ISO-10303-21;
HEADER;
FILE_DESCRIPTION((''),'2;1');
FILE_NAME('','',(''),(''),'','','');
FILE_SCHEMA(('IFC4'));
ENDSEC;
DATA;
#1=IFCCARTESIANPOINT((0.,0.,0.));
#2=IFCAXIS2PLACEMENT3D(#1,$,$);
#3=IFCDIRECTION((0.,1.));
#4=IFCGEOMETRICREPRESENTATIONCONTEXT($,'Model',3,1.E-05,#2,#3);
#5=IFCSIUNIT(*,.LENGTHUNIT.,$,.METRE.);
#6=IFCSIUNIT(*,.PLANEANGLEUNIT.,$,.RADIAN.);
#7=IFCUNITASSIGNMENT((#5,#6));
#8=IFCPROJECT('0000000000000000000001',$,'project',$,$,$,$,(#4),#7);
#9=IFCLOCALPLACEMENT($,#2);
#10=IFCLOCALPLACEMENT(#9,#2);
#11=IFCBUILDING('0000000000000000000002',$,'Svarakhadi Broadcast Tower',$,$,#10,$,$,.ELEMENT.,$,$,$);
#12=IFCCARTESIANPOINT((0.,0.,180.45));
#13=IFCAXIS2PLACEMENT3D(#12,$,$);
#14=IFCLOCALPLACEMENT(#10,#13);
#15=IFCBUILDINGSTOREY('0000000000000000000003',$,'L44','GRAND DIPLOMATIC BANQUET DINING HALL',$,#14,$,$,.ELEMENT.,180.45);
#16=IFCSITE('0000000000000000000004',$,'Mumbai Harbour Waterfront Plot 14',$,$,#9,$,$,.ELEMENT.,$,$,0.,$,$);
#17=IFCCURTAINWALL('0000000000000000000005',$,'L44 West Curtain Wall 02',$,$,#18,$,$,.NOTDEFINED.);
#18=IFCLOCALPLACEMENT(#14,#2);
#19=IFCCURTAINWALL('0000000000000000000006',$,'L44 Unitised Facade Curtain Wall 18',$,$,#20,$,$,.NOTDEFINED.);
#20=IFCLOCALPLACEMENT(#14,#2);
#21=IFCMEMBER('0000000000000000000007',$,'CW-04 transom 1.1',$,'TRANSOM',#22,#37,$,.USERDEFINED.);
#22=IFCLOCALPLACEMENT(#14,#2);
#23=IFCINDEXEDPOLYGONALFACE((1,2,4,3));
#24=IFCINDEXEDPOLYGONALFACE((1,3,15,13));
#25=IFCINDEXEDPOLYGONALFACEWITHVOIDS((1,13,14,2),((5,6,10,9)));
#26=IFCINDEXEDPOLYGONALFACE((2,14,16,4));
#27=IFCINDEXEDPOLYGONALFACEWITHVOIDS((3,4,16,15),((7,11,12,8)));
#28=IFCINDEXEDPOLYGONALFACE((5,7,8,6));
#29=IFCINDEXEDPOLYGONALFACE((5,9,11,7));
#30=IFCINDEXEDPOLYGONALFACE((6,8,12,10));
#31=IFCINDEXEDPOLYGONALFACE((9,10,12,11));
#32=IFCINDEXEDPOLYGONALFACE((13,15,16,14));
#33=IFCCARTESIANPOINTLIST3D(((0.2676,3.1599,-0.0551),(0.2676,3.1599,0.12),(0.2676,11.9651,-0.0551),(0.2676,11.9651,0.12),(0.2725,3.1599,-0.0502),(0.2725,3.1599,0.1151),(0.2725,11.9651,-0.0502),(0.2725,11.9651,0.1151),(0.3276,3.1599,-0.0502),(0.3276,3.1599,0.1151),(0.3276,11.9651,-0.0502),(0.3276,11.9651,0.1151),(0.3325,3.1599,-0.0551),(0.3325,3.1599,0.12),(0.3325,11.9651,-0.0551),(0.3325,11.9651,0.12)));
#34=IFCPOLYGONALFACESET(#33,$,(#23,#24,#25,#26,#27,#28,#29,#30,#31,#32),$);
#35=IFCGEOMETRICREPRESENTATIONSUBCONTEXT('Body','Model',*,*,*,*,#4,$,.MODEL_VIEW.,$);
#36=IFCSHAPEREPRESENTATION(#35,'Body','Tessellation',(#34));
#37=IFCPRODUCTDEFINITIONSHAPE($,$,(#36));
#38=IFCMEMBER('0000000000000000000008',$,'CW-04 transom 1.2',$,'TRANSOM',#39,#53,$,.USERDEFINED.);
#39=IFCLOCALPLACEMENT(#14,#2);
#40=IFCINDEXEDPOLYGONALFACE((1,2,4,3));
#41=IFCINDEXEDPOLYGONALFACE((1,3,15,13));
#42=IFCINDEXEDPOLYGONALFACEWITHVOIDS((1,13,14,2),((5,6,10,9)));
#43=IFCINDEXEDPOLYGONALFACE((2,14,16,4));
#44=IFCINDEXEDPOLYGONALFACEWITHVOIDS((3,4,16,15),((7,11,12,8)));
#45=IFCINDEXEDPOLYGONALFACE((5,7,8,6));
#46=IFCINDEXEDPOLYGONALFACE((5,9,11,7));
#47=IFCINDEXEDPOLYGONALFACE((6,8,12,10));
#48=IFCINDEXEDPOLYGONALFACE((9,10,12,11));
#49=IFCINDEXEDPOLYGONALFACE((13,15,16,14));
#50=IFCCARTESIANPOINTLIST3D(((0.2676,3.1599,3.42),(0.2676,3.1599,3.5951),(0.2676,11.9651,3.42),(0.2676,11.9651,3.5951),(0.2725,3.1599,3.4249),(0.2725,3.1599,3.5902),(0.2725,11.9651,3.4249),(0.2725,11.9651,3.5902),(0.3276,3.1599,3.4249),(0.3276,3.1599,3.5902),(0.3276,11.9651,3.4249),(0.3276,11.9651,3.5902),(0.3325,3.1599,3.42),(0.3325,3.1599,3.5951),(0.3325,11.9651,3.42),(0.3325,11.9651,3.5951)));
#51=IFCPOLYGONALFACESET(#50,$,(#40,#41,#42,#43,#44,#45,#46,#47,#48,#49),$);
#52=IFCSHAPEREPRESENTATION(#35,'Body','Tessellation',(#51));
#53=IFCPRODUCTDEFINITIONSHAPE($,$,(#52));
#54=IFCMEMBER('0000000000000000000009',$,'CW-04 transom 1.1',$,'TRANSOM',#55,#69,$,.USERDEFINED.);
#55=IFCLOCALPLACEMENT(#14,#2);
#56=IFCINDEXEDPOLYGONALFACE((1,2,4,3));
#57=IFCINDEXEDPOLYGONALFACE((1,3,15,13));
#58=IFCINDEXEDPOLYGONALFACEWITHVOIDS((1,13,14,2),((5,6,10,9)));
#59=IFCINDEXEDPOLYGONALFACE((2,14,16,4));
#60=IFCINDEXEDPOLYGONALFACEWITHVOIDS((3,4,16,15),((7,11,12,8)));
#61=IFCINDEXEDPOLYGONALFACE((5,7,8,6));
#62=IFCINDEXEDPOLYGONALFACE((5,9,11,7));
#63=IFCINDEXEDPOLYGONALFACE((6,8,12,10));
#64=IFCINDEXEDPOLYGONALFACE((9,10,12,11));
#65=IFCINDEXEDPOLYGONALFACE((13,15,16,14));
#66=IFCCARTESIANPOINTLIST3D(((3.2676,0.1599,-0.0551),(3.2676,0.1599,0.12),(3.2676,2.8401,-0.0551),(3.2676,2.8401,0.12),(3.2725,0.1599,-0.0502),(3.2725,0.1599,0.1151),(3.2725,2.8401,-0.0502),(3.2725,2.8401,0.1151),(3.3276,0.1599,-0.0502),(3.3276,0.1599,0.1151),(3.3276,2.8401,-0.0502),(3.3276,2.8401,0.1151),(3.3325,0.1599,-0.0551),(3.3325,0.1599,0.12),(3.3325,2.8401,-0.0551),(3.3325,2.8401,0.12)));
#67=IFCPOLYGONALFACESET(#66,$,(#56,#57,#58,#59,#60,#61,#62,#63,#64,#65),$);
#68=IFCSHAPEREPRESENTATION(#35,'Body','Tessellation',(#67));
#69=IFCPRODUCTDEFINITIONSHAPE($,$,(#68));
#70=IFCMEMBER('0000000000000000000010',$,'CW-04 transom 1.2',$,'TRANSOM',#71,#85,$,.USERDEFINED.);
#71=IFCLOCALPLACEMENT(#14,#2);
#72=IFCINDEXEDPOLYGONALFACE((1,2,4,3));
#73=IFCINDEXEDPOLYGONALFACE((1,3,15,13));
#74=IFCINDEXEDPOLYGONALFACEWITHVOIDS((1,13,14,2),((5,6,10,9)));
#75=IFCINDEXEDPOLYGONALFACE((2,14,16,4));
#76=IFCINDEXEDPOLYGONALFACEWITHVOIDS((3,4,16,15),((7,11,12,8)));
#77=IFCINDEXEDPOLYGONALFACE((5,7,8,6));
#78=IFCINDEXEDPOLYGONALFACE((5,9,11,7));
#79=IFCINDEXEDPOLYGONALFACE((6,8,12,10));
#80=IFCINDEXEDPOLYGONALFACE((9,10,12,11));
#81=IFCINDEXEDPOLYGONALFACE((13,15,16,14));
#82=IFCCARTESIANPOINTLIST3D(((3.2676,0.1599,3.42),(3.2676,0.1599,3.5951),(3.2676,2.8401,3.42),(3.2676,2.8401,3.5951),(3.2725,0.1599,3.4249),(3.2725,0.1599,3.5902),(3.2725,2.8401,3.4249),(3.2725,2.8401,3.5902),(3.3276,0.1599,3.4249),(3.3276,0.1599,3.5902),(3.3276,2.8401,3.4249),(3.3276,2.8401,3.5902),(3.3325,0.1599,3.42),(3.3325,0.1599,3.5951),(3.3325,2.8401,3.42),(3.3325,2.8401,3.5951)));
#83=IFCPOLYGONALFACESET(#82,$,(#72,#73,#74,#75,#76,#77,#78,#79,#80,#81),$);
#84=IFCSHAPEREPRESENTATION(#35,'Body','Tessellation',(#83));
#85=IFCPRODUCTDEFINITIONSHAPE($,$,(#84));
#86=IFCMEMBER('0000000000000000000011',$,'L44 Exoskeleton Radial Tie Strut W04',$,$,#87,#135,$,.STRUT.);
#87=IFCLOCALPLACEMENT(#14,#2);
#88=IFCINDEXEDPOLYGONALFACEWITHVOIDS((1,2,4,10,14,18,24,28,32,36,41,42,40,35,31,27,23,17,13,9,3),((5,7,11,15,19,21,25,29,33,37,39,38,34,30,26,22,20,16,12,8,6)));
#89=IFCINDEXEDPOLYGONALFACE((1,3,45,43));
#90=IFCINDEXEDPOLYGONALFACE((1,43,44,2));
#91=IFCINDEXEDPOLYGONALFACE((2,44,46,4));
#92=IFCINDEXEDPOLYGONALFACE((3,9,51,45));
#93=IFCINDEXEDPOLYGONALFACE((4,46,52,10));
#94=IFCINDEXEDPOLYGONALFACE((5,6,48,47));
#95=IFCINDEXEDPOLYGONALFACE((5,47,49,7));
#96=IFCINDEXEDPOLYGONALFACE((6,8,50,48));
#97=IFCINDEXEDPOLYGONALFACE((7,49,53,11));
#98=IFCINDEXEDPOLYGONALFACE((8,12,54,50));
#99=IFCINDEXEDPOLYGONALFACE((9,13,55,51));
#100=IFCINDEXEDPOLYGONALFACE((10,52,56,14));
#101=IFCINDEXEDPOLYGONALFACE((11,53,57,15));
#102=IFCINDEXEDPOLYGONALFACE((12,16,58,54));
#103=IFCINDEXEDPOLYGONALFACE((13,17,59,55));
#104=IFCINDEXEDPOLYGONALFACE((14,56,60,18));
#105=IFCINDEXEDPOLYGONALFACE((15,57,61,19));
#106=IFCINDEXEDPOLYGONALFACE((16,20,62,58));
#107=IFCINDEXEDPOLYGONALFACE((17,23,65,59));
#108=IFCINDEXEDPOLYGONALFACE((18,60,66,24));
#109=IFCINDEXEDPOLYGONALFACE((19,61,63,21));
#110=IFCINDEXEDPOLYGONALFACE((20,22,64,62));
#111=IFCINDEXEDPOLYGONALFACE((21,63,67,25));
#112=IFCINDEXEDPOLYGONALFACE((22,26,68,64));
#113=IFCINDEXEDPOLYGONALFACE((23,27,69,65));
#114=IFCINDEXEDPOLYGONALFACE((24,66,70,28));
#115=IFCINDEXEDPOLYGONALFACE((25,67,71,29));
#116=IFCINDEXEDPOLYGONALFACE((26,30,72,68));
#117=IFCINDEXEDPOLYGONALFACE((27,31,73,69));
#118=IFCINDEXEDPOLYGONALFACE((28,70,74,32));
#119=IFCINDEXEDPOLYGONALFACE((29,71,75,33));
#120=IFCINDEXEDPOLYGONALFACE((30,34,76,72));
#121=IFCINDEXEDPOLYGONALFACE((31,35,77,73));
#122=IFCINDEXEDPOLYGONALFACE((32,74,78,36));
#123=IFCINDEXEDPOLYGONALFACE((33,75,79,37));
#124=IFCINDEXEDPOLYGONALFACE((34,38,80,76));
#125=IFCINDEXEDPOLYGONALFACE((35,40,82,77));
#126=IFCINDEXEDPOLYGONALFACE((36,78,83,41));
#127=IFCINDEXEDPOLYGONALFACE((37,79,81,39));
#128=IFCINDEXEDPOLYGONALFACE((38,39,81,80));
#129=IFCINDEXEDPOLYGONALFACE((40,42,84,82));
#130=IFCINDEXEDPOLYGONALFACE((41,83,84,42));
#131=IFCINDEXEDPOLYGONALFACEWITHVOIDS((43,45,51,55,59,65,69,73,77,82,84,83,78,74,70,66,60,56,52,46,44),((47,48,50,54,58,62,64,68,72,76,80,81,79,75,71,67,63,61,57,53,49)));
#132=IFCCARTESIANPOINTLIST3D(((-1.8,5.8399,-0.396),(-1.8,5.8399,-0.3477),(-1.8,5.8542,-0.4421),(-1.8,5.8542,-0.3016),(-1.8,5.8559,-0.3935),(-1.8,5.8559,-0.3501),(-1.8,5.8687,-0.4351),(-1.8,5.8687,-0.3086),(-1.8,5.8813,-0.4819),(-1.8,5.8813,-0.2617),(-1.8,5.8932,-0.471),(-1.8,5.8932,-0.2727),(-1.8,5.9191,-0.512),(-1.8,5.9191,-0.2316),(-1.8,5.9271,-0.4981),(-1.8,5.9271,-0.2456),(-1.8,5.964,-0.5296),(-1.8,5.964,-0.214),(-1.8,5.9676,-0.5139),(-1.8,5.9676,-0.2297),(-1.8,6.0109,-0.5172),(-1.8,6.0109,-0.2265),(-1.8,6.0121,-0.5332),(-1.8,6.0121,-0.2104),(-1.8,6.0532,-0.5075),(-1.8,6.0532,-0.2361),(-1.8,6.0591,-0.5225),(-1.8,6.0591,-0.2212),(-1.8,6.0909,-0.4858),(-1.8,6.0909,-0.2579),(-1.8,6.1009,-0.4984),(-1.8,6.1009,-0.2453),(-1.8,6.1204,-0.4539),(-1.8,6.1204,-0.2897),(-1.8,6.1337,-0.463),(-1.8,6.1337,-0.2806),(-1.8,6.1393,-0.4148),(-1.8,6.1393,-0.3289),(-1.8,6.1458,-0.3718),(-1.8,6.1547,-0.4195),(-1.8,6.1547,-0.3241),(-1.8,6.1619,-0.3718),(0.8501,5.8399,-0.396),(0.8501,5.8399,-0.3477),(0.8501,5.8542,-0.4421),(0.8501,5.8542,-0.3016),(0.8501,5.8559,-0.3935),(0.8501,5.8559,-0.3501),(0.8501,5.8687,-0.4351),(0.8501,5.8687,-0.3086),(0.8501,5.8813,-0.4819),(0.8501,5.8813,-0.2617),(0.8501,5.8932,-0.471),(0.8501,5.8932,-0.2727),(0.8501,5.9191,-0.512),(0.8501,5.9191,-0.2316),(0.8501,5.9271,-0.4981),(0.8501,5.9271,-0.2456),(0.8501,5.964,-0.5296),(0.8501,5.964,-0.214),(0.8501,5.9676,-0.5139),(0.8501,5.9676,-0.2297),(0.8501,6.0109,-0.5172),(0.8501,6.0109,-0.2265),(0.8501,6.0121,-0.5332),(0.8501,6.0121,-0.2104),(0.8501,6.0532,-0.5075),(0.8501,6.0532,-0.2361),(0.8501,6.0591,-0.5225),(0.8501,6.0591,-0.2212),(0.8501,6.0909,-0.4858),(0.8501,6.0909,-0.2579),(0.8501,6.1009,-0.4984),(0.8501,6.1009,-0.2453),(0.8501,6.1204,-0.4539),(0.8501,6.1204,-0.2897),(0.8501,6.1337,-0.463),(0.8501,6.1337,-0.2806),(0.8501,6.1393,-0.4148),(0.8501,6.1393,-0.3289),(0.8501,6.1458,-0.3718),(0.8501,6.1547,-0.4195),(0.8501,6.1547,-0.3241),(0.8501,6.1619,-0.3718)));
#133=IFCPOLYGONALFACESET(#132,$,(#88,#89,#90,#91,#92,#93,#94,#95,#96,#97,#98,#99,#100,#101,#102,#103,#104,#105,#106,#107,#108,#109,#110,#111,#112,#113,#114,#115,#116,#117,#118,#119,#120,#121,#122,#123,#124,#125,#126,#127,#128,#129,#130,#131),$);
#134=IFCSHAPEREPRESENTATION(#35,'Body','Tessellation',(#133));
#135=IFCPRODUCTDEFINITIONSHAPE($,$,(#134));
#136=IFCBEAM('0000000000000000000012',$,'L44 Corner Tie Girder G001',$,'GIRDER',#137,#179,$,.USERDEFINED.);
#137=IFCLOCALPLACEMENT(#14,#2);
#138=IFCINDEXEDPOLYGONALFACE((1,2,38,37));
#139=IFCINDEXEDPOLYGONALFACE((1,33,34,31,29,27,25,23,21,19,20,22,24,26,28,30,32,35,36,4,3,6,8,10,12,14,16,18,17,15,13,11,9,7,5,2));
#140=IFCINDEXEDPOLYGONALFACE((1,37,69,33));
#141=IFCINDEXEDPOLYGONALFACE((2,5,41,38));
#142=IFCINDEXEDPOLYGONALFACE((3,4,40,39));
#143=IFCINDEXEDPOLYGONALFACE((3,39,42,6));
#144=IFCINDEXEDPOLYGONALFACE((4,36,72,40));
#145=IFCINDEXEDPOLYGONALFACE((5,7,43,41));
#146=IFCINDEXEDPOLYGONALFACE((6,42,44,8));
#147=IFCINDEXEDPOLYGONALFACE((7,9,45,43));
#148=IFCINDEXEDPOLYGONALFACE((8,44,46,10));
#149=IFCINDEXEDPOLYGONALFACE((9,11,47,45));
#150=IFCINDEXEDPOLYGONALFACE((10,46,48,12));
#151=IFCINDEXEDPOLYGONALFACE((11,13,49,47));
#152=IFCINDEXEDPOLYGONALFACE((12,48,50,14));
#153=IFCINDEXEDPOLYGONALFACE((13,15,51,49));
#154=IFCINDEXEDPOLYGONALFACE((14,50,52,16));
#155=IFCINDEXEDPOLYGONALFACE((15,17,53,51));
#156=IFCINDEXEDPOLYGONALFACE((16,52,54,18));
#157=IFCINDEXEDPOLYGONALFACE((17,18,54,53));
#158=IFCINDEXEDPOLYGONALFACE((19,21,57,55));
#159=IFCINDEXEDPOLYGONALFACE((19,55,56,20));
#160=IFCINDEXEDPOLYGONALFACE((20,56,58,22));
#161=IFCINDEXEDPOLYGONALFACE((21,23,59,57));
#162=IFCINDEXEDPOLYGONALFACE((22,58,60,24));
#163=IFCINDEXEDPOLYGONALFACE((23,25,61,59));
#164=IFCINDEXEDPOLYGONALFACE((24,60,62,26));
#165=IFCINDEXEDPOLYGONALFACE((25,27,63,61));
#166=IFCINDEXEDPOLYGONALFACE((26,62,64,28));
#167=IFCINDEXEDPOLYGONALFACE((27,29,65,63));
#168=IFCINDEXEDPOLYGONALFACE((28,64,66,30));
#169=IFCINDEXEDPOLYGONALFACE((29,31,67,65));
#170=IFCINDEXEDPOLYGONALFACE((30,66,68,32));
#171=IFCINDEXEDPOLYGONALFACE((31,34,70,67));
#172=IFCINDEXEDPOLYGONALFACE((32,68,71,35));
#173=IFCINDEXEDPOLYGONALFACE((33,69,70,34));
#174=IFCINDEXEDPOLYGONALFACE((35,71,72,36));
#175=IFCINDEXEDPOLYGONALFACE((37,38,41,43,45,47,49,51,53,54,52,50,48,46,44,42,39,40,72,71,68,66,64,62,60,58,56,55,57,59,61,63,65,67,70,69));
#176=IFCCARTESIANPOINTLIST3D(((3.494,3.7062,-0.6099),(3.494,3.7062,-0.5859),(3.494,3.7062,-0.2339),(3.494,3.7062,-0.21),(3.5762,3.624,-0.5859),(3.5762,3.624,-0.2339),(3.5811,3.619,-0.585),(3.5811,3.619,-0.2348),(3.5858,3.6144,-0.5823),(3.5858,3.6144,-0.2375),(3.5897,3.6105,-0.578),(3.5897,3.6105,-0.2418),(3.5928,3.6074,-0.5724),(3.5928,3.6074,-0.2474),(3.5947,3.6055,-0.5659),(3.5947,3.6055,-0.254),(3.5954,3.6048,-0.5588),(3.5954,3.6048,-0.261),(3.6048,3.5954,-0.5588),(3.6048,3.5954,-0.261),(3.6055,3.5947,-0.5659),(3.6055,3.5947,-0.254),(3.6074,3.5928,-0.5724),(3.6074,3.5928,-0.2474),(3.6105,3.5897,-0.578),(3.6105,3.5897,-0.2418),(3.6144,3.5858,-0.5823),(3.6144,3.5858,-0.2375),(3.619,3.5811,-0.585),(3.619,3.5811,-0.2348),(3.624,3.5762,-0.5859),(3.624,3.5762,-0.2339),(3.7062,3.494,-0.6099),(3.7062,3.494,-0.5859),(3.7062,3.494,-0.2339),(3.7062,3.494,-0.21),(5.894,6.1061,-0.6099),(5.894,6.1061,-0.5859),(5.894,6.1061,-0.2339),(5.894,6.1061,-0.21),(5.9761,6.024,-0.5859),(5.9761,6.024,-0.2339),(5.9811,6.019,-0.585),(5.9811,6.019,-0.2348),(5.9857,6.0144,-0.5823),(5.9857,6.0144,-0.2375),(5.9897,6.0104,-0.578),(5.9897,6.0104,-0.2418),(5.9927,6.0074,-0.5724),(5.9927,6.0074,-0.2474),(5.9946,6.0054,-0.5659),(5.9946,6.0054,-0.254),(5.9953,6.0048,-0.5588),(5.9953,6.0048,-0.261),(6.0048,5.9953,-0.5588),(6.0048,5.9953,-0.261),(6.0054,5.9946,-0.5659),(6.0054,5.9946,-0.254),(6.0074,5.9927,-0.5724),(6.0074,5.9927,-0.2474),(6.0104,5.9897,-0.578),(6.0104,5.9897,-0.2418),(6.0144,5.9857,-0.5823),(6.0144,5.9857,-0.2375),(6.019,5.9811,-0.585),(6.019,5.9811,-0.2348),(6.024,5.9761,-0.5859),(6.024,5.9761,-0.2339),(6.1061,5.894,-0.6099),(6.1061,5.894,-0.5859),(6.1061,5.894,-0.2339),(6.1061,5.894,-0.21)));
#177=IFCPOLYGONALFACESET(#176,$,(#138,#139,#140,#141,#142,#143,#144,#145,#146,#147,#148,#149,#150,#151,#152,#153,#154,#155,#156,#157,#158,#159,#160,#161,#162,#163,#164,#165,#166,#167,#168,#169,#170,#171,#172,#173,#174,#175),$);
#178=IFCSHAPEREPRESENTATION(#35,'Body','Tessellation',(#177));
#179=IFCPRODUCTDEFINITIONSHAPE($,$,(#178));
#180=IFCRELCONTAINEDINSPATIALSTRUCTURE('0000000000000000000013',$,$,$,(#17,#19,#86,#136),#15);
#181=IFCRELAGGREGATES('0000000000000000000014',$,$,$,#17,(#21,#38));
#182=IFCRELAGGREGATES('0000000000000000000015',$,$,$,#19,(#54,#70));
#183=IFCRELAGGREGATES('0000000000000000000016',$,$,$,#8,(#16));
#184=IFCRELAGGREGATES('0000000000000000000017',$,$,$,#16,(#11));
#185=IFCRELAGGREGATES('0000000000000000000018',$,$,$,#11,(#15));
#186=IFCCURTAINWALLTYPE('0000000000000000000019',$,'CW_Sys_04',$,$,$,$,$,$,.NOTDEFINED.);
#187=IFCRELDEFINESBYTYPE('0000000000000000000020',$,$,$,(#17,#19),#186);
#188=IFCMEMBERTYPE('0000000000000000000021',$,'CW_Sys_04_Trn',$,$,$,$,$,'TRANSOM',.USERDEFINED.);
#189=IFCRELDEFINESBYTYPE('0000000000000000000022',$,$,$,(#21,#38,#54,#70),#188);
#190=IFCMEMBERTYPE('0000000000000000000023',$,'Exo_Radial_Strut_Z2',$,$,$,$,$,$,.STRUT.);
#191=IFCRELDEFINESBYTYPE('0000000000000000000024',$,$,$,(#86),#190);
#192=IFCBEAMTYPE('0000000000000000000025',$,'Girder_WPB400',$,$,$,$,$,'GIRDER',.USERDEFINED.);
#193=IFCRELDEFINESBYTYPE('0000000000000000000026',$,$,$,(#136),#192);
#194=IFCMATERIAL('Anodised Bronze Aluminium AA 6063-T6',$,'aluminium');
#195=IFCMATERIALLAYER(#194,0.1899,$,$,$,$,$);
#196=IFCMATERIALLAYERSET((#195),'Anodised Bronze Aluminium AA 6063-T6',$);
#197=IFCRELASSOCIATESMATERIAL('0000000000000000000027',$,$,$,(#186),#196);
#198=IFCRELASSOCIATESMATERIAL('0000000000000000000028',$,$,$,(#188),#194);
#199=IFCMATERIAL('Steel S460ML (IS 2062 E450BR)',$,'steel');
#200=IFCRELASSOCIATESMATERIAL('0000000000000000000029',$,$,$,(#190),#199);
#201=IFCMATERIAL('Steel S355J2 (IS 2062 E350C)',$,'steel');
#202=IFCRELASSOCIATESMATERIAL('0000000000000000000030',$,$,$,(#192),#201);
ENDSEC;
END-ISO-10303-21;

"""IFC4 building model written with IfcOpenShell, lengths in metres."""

from ifc_helpers import new_model, si_unit, direction, frame, origin, origin_2d, place, context, subcontext, project, spatial, hollow_rectangle, hollow_circle, i_section, extrude, material, layer, layer_set, material_profile, profile_set, type_object, element, aggregate, save


model = new_model("IFC4")

# Units and contexts
model_context = context("Model", 3, precision=1e-05, world=origin(), true_north=direction((0.0, 1.0)))
body_context = subcontext(model_context, "Body", "Model", "MODEL_VIEW")
ifc_project = project(units=[si_unit("LENGTHUNIT", "METRE"), si_unit("PLANEANGLEUNIT", "RADIAN")], contexts=[model_context])

# Site, building, storey
site_placement = place(None, origin())
site = spatial("IfcSite", under=ifc_project, at=site_placement, Name="Mumbai Harbour Waterfront Plot 14", CompositionType="ELEMENT", RefElevation=0.0)
building_placement = place(site_placement, origin())
building = spatial("IfcBuilding", under=site, at=building_placement, Name="Svarakhadi Broadcast Tower", CompositionType="ELEMENT")
storey_placement = place(building_placement, frame((0.0, 0.0, 180.45)))
storey = spatial("IfcBuildingStorey", under=building, at=storey_placement, Name="L44", Description="GRAND DIPLOMATIC BANQUET DINING HALL", CompositionType="ELEMENT", Elevation=180.45)

# Shared definitions
ifc_material_1 = material(Name="Steel S460ML (IS 2062 E450BR)", Category="steel")

# Shared definitions
ifc_material_2 = material(Name="Anodised Bronze Aluminium AA 6063-T6", Category="aluminium")
ifc_layer_1 = layer(ifc_material_2, 0.1899)
ifc_layer_set_1 = layer_set([ifc_layer_1], Name="Anodised Bronze Aluminium AA 6063-T6")
curtain_wall_type = type_object("IfcCurtainWallType", Name="CW_Sys_04", PredefinedType="NOTDEFINED", material=ifc_layer_set_1)

# Curtain wall
curtain_wall_1_placement = place(storey_placement, origin())
curtain_wall_1 = element("IfcCurtainWall", 1, at=curtain_wall_1_placement, inside=storey, type_object=curtain_wall_type, Name="L44 West Curtain Wall 02", PredefinedType="NOTDEFINED")

# Curtain wall
curtain_wall_2_placement = place(storey_placement, origin())
curtain_wall_2 = element("IfcCurtainWall", 2, at=curtain_wall_2_placement, inside=storey, type_object=curtain_wall_type, Name="L44 Unitised Facade Curtain Wall 18", PredefinedType="NOTDEFINED")

# Members
ifc_material_profile_1 = material_profile(ifc_material_2, hollow_rectangle(XDim=0.0649, YDim=0.175, WallThickness=0.0049, at=origin_2d()), Name="ALU TRANSOM 175x65x5")
ifc_profile_set_1 = profile_set([ifc_material_profile_1], Name="Anodised Bronze Aluminium AA 6063-T6")
member_type_1 = type_object("IfcMemberType", Name="CW_Sys_04_Trn", ElementType="TRANSOM", PredefinedType="USERDEFINED", material=ifc_profile_set_1)
member_1_placement = place(storey_placement, frame((0.3, 3.1599, 0.0325), z_axis=(0.0, 1.0, 0.0), x_axis=(-1.0, 0.0, 0.0)))
member_1 = element("IfcMember", 3, at=member_1_placement, type_object=member_type_1, Name="CW-04 transom 1.1", ObjectType="TRANSOM", PredefinedType="USERDEFINED", context=body_context, shape_type="SweptSolid", body=[
    extrude(hollow_rectangle(XDim=0.0649, YDim=0.175, WallThickness=0.0049, at=origin_2d()), origin(), (0.0, 0.0, 1.0), 8.8052),
])
member_2_placement = place(storey_placement, frame((0.3, 3.1599, 3.5076), z_axis=(0.0, 1.0, 0.0), x_axis=(-1.0, 0.0, 0.0)))
member_2 = element("IfcMember", 4, at=member_2_placement, type_object=member_type_1, Name="CW-04 transom 1.2", ObjectType="TRANSOM", PredefinedType="USERDEFINED", context=body_context, shape_type="SweptSolid", body=[
    extrude(hollow_rectangle(XDim=0.0649, YDim=0.175, WallThickness=0.0049, at=origin_2d()), origin(), (0.0, 0.0, 1.0), 8.8052),
])
aggregate(curtain_wall_1, [member_1, member_2])
member_3_placement = place(storey_placement, frame((3.3, 0.1599, 0.0325), z_axis=(0.0, 1.0, 0.0), x_axis=(-1.0, 0.0, 0.0)))
member_3 = element("IfcMember", 5, at=member_3_placement, type_object=member_type_1, Name="CW-04 transom 1.1", ObjectType="TRANSOM", PredefinedType="USERDEFINED", context=body_context, shape_type="SweptSolid", body=[
    extrude(hollow_rectangle(XDim=0.0649, YDim=0.175, WallThickness=0.0049, at=origin_2d()), origin(), (0.0, 0.0, 1.0), 2.6802),
])
member_4_placement = place(storey_placement, frame((3.3, 0.1599, 3.5076), z_axis=(0.0, 1.0, 0.0), x_axis=(-1.0, 0.0, 0.0)))
member_4 = element("IfcMember", 6, at=member_4_placement, type_object=member_type_1, Name="CW-04 transom 1.2", ObjectType="TRANSOM", PredefinedType="USERDEFINED", context=body_context, shape_type="SweptSolid", body=[
    extrude(hollow_rectangle(XDim=0.0649, YDim=0.175, WallThickness=0.0049, at=origin_2d()), origin(), (0.0, 0.0, 1.0), 2.6802),
])
ifc_material_profile_2 = material_profile(ifc_material_1, hollow_circle(Radius=0.1619, WallThickness=0.0161, at=origin_2d()), Name="CHS 323.9x16")
ifc_profile_set_2 = profile_set([ifc_material_profile_2], Name="Steel S460ML (IS 2062 E450BR)")
member_type_2 = type_object("IfcMemberType", Name="Exo_Radial_Strut_Z2", PredefinedType="STRUT", material=ifc_profile_set_2)
member_5_placement = place(storey_placement, frame((-1.8, 6.0, -0.3718), z_axis=(1.0, 0.0, 0.0), x_axis=(0.0, 1.0, 0.0)))
element("IfcMember", 7, at=member_5_placement, inside=storey, type_object=member_type_2, Name="L44 Exoskeleton Radial Tie Strut W04", PredefinedType="STRUT", context=body_context, shape_type="SweptSolid", body=[
    extrude(hollow_circle(Radius=0.1619, WallThickness=0.0161, at=origin_2d()), origin(), (0.0, 0.0, 1.0), 2.6501),
])

# Beam
ifc_material_3 = material(Name="Steel S355J2 (IS 2062 E350C)", Category="steel")
ifc_material_profile_3 = material_profile(ifc_material_3, i_section(OverallWidth=0.3, OverallDepth=0.3999, WebThickness=0.0134, FlangeThickness=0.0239, FilletRadius=0.0271, at=origin_2d()), Name="WPB 400x300x155")
ifc_profile_set_3 = profile_set([ifc_material_profile_3], Name="Steel S355J2 (IS 2062 E350C)")
beam_type = type_object("IfcBeamType", Name="Girder_WPB400", ElementType="GIRDER", PredefinedType="USERDEFINED", material=ifc_profile_set_3)
beam_1_placement = place(storey_placement, frame((3.6001, 3.6001, -0.4099), z_axis=(0.707107, 0.707107, 0.0), x_axis=(-0.707107, 0.707107, 0.0)))
element("IfcBeam", 8, at=beam_1_placement, inside=storey, type_object=beam_type, Name="L44 Corner Tie Girder G001", ObjectType="GIRDER", PredefinedType="USERDEFINED", context=body_context, shape_type="SweptSolid", body=[
    extrude(i_section(OverallWidth=0.3, OverallDepth=0.3999, WebThickness=0.0134, FlangeThickness=0.0239, FilletRadius=0.0271, at=origin_2d()), origin(), (0.0, 0.0, 1.0), 3.394),
])

aggregate(curtain_wall_2, [member_3, member_4])

save(model, "model.ifc")
